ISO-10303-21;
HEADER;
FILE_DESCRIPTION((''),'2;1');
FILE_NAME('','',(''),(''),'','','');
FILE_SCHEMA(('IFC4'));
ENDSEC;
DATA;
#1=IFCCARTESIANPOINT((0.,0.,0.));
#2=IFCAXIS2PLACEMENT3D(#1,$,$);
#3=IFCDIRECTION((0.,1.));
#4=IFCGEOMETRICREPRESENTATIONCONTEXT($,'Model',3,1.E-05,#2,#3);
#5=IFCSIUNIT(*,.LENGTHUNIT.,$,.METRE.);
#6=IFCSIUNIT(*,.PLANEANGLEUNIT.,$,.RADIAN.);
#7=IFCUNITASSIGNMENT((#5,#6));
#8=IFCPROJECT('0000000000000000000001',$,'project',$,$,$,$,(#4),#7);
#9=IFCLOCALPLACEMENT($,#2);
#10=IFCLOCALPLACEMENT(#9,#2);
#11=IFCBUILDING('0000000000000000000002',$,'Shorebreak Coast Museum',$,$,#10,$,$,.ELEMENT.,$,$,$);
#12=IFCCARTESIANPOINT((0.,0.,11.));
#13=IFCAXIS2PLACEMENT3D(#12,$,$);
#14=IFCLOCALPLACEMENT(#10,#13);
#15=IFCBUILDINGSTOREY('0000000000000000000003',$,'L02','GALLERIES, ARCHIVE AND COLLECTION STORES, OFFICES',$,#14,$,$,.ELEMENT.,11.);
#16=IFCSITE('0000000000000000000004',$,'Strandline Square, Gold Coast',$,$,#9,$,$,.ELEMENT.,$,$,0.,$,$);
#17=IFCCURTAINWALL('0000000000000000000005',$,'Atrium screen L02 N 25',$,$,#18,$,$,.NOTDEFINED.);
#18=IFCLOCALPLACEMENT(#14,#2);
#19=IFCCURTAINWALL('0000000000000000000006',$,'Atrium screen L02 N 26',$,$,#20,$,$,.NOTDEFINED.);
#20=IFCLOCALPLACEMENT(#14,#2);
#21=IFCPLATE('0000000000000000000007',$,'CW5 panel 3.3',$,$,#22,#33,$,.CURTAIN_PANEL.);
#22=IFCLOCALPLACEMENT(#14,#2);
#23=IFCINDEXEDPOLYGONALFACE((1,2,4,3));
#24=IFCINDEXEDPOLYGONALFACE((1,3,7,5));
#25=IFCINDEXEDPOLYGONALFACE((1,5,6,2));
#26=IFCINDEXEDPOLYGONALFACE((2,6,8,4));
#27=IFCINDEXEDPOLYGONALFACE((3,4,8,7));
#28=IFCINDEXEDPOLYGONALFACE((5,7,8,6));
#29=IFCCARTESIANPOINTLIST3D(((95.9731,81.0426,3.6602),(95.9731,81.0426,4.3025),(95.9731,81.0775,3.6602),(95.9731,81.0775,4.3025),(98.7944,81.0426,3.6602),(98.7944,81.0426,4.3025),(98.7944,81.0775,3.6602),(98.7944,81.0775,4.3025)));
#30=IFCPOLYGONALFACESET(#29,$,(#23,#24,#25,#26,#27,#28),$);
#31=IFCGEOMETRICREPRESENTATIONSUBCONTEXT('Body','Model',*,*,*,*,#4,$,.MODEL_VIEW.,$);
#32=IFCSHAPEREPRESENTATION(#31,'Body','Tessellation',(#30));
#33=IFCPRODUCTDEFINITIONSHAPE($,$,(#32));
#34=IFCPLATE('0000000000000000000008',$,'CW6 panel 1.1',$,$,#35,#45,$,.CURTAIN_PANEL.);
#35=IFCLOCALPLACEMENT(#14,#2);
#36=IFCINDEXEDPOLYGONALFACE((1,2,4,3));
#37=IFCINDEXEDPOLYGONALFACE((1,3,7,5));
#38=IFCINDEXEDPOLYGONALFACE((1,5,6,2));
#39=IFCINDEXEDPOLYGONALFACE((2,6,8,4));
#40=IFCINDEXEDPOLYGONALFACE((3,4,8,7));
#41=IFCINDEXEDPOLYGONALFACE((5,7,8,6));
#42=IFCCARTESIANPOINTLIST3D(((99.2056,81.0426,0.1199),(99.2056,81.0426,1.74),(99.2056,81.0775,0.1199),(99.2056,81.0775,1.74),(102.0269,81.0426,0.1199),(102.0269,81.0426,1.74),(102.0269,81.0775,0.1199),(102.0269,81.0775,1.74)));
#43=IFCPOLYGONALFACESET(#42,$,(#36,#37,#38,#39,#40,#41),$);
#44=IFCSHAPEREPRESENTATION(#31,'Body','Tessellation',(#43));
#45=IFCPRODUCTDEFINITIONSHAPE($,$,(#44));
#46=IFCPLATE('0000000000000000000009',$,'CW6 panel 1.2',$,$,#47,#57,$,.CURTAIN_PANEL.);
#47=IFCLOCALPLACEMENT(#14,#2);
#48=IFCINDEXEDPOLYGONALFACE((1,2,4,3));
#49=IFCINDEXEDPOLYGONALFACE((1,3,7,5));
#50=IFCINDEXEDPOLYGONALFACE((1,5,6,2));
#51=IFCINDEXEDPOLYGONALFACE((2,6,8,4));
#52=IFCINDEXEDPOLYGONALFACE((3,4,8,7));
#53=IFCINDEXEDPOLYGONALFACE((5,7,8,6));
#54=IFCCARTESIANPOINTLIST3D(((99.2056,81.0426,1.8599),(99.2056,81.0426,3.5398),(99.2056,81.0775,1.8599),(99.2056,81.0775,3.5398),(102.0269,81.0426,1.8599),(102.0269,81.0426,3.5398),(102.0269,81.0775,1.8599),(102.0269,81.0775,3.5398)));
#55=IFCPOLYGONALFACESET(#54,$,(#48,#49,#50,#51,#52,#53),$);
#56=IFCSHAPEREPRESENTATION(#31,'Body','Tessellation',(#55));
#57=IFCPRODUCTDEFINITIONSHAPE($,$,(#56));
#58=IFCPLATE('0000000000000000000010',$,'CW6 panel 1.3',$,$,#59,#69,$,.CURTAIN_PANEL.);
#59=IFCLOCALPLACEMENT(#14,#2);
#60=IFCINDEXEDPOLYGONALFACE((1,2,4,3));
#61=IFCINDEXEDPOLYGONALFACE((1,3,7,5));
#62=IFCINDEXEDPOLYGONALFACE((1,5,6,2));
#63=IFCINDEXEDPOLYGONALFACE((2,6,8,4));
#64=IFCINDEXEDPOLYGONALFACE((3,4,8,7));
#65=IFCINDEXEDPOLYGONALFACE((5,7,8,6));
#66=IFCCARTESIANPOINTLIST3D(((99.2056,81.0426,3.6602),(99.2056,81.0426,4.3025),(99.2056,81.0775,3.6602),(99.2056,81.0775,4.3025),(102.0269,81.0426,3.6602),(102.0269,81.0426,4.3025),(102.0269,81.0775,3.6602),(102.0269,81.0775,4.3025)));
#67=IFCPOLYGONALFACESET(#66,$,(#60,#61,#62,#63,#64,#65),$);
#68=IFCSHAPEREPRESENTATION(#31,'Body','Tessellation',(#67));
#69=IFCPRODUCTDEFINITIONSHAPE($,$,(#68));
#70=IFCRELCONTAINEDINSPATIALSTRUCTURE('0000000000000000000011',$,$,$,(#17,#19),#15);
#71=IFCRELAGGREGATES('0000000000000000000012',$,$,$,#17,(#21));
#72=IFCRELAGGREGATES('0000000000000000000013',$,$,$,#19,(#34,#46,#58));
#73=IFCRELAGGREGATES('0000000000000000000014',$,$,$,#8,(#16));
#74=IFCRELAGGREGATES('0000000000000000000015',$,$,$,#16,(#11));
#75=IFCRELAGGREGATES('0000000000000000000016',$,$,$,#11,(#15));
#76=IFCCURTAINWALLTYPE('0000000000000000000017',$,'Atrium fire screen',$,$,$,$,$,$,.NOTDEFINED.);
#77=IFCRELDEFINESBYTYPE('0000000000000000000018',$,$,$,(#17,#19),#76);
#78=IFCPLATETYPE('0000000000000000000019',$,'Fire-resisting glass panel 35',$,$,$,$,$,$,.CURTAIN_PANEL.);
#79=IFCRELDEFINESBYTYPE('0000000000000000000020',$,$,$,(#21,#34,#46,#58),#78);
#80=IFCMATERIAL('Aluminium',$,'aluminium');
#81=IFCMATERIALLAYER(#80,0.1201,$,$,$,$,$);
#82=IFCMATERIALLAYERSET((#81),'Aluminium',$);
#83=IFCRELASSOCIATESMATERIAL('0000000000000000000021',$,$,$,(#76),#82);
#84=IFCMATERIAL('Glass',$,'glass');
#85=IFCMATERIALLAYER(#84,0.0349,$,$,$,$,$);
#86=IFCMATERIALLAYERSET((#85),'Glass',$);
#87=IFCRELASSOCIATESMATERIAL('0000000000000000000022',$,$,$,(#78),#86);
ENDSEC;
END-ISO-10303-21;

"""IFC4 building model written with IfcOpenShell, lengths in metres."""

from ifc_helpers import new_model, si_unit, direction, frame, origin, origin_2d, place, context, subcontext, project, spatial, rectangle, extrude, material, layer, layer_set, type_object, element, aggregate, save


model = new_model("IFC4")

# Units and contexts
model_context = context("Model", 3, precision=1e-05, world=origin(), true_north=direction((0.0, 1.0)))
body_context = subcontext(model_context, "Body", "Model", "MODEL_VIEW")
ifc_project = project(units=[si_unit("LENGTHUNIT", "METRE"), si_unit("PLANEANGLEUNIT", "RADIAN")], contexts=[model_context])

# Site, building, storey
site_placement = place(None, origin())
site = spatial("IfcSite", under=ifc_project, at=site_placement, Name="Strandline Square, Gold Coast", CompositionType="ELEMENT", RefElevation=0.0)
building_placement = place(site_placement, origin())
building = spatial("IfcBuilding", under=site, at=building_placement, Name="Shorebreak Coast Museum", CompositionType="ELEMENT")
storey_placement = place(building_placement, frame((0.0, 0.0, 11.0)))
storey = spatial("IfcBuildingStorey", under=building, at=storey_placement, Name="L02", Description="GALLERIES, ARCHIVE AND COLLECTION STORES, OFFICES", CompositionType="ELEMENT", Elevation=11.0)

# Curtain wall
ifc_material_1 = material(Name="Aluminium", Category="aluminium")
ifc_layer_1 = layer(ifc_material_1, 0.1201)
ifc_layer_set_1 = layer_set([ifc_layer_1], Name="Aluminium")
curtain_wall_type = type_object("IfcCurtainWallType", Name="Atrium fire screen", PredefinedType="NOTDEFINED", material=ifc_layer_set_1)
curtain_wall_1_placement = place(storey_placement, origin())
curtain_wall_1 = element("IfcCurtainWall", 1, at=curtain_wall_1_placement, inside=storey, type_object=curtain_wall_type, Name="Atrium screen L02 N 25", PredefinedType="NOTDEFINED")

# Curtain wall
curtain_wall_2_placement = place(storey_placement, origin())
curtain_wall_2 = element("IfcCurtainWall", 2, at=curtain_wall_2_placement, inside=storey, type_object=curtain_wall_type, Name="Atrium screen L02 N 26", PredefinedType="NOTDEFINED")

# Plates
ifc_material_2 = material(Name="Glass", Category="glass")
ifc_layer_2 = layer(ifc_material_2, 0.0349)
ifc_layer_set_2 = layer_set([ifc_layer_2], Name="Glass")
plate_type = type_object("IfcPlateType", Name="Fire-resisting glass panel 35", PredefinedType="CURTAIN_PANEL", material=ifc_layer_set_2)
plate_1_placement = place(storey_placement, frame((97.3838, 81.0601, 3.6602), z_axis=(0.0, 0.0, 1.0), x_axis=(1.0, 0.0, 0.0)))
plate_1 = element("IfcPlate", 3, at=plate_1_placement, type_object=plate_type, Name="CW5 panel 3.3", PredefinedType="CURTAIN_PANEL", context=body_context, shape_type="SweptSolid", body=[
    extrude(rectangle(XDim=2.8213, YDim=0.0349, at=origin_2d()), origin(), (0.0, 0.0, 1.0), 0.6423),
])
aggregate(curtain_wall_1, [plate_1])
plate_2_placement = place(storey_placement, frame((100.6162, 81.0601, 0.1199), z_axis=(0.0, 0.0, 1.0), x_axis=(1.0, 0.0, 0.0)))
plate_2 = element("IfcPlate", 4, at=plate_2_placement, type_object=plate_type, Name="CW6 panel 1.1", PredefinedType="CURTAIN_PANEL", context=body_context, shape_type="SweptSolid", body=[
    extrude(rectangle(XDim=2.8213, YDim=0.0349, at=origin_2d()), origin(), (0.0, 0.0, 1.0), 1.6201),
])
plate_3_placement = place(storey_placement, frame((100.6162, 81.0601, 1.8599), z_axis=(0.0, 0.0, 1.0), x_axis=(1.0, 0.0, 0.0)))
plate_3 = element("IfcPlate", 5, at=plate_3_placement, type_object=plate_type, Name="CW6 panel 1.2", PredefinedType="CURTAIN_PANEL", context=body_context, shape_type="SweptSolid", body=[
    extrude(rectangle(XDim=2.8213, YDim=0.0349, at=origin_2d()), origin(), (0.0, 0.0, 1.0), 1.6799),
])
plate_4_placement = place(storey_placement, frame((100.6162, 81.0601, 3.6602), z_axis=(0.0, 0.0, 1.0), x_axis=(1.0, 0.0, 0.0)))
plate_4 = element("IfcPlate", 6, at=plate_4_placement, type_object=plate_type, Name="CW6 panel 1.3", PredefinedType="CURTAIN_PANEL", context=body_context, shape_type="SweptSolid", body=[
    extrude(rectangle(XDim=2.8213, YDim=0.0349, at=origin_2d()), origin(), (0.0, 0.0, 1.0), 0.6423),
])
aggregate(curtain_wall_2, [plate_2, plate_3, plate_4])

save(model, "model.ifc")
